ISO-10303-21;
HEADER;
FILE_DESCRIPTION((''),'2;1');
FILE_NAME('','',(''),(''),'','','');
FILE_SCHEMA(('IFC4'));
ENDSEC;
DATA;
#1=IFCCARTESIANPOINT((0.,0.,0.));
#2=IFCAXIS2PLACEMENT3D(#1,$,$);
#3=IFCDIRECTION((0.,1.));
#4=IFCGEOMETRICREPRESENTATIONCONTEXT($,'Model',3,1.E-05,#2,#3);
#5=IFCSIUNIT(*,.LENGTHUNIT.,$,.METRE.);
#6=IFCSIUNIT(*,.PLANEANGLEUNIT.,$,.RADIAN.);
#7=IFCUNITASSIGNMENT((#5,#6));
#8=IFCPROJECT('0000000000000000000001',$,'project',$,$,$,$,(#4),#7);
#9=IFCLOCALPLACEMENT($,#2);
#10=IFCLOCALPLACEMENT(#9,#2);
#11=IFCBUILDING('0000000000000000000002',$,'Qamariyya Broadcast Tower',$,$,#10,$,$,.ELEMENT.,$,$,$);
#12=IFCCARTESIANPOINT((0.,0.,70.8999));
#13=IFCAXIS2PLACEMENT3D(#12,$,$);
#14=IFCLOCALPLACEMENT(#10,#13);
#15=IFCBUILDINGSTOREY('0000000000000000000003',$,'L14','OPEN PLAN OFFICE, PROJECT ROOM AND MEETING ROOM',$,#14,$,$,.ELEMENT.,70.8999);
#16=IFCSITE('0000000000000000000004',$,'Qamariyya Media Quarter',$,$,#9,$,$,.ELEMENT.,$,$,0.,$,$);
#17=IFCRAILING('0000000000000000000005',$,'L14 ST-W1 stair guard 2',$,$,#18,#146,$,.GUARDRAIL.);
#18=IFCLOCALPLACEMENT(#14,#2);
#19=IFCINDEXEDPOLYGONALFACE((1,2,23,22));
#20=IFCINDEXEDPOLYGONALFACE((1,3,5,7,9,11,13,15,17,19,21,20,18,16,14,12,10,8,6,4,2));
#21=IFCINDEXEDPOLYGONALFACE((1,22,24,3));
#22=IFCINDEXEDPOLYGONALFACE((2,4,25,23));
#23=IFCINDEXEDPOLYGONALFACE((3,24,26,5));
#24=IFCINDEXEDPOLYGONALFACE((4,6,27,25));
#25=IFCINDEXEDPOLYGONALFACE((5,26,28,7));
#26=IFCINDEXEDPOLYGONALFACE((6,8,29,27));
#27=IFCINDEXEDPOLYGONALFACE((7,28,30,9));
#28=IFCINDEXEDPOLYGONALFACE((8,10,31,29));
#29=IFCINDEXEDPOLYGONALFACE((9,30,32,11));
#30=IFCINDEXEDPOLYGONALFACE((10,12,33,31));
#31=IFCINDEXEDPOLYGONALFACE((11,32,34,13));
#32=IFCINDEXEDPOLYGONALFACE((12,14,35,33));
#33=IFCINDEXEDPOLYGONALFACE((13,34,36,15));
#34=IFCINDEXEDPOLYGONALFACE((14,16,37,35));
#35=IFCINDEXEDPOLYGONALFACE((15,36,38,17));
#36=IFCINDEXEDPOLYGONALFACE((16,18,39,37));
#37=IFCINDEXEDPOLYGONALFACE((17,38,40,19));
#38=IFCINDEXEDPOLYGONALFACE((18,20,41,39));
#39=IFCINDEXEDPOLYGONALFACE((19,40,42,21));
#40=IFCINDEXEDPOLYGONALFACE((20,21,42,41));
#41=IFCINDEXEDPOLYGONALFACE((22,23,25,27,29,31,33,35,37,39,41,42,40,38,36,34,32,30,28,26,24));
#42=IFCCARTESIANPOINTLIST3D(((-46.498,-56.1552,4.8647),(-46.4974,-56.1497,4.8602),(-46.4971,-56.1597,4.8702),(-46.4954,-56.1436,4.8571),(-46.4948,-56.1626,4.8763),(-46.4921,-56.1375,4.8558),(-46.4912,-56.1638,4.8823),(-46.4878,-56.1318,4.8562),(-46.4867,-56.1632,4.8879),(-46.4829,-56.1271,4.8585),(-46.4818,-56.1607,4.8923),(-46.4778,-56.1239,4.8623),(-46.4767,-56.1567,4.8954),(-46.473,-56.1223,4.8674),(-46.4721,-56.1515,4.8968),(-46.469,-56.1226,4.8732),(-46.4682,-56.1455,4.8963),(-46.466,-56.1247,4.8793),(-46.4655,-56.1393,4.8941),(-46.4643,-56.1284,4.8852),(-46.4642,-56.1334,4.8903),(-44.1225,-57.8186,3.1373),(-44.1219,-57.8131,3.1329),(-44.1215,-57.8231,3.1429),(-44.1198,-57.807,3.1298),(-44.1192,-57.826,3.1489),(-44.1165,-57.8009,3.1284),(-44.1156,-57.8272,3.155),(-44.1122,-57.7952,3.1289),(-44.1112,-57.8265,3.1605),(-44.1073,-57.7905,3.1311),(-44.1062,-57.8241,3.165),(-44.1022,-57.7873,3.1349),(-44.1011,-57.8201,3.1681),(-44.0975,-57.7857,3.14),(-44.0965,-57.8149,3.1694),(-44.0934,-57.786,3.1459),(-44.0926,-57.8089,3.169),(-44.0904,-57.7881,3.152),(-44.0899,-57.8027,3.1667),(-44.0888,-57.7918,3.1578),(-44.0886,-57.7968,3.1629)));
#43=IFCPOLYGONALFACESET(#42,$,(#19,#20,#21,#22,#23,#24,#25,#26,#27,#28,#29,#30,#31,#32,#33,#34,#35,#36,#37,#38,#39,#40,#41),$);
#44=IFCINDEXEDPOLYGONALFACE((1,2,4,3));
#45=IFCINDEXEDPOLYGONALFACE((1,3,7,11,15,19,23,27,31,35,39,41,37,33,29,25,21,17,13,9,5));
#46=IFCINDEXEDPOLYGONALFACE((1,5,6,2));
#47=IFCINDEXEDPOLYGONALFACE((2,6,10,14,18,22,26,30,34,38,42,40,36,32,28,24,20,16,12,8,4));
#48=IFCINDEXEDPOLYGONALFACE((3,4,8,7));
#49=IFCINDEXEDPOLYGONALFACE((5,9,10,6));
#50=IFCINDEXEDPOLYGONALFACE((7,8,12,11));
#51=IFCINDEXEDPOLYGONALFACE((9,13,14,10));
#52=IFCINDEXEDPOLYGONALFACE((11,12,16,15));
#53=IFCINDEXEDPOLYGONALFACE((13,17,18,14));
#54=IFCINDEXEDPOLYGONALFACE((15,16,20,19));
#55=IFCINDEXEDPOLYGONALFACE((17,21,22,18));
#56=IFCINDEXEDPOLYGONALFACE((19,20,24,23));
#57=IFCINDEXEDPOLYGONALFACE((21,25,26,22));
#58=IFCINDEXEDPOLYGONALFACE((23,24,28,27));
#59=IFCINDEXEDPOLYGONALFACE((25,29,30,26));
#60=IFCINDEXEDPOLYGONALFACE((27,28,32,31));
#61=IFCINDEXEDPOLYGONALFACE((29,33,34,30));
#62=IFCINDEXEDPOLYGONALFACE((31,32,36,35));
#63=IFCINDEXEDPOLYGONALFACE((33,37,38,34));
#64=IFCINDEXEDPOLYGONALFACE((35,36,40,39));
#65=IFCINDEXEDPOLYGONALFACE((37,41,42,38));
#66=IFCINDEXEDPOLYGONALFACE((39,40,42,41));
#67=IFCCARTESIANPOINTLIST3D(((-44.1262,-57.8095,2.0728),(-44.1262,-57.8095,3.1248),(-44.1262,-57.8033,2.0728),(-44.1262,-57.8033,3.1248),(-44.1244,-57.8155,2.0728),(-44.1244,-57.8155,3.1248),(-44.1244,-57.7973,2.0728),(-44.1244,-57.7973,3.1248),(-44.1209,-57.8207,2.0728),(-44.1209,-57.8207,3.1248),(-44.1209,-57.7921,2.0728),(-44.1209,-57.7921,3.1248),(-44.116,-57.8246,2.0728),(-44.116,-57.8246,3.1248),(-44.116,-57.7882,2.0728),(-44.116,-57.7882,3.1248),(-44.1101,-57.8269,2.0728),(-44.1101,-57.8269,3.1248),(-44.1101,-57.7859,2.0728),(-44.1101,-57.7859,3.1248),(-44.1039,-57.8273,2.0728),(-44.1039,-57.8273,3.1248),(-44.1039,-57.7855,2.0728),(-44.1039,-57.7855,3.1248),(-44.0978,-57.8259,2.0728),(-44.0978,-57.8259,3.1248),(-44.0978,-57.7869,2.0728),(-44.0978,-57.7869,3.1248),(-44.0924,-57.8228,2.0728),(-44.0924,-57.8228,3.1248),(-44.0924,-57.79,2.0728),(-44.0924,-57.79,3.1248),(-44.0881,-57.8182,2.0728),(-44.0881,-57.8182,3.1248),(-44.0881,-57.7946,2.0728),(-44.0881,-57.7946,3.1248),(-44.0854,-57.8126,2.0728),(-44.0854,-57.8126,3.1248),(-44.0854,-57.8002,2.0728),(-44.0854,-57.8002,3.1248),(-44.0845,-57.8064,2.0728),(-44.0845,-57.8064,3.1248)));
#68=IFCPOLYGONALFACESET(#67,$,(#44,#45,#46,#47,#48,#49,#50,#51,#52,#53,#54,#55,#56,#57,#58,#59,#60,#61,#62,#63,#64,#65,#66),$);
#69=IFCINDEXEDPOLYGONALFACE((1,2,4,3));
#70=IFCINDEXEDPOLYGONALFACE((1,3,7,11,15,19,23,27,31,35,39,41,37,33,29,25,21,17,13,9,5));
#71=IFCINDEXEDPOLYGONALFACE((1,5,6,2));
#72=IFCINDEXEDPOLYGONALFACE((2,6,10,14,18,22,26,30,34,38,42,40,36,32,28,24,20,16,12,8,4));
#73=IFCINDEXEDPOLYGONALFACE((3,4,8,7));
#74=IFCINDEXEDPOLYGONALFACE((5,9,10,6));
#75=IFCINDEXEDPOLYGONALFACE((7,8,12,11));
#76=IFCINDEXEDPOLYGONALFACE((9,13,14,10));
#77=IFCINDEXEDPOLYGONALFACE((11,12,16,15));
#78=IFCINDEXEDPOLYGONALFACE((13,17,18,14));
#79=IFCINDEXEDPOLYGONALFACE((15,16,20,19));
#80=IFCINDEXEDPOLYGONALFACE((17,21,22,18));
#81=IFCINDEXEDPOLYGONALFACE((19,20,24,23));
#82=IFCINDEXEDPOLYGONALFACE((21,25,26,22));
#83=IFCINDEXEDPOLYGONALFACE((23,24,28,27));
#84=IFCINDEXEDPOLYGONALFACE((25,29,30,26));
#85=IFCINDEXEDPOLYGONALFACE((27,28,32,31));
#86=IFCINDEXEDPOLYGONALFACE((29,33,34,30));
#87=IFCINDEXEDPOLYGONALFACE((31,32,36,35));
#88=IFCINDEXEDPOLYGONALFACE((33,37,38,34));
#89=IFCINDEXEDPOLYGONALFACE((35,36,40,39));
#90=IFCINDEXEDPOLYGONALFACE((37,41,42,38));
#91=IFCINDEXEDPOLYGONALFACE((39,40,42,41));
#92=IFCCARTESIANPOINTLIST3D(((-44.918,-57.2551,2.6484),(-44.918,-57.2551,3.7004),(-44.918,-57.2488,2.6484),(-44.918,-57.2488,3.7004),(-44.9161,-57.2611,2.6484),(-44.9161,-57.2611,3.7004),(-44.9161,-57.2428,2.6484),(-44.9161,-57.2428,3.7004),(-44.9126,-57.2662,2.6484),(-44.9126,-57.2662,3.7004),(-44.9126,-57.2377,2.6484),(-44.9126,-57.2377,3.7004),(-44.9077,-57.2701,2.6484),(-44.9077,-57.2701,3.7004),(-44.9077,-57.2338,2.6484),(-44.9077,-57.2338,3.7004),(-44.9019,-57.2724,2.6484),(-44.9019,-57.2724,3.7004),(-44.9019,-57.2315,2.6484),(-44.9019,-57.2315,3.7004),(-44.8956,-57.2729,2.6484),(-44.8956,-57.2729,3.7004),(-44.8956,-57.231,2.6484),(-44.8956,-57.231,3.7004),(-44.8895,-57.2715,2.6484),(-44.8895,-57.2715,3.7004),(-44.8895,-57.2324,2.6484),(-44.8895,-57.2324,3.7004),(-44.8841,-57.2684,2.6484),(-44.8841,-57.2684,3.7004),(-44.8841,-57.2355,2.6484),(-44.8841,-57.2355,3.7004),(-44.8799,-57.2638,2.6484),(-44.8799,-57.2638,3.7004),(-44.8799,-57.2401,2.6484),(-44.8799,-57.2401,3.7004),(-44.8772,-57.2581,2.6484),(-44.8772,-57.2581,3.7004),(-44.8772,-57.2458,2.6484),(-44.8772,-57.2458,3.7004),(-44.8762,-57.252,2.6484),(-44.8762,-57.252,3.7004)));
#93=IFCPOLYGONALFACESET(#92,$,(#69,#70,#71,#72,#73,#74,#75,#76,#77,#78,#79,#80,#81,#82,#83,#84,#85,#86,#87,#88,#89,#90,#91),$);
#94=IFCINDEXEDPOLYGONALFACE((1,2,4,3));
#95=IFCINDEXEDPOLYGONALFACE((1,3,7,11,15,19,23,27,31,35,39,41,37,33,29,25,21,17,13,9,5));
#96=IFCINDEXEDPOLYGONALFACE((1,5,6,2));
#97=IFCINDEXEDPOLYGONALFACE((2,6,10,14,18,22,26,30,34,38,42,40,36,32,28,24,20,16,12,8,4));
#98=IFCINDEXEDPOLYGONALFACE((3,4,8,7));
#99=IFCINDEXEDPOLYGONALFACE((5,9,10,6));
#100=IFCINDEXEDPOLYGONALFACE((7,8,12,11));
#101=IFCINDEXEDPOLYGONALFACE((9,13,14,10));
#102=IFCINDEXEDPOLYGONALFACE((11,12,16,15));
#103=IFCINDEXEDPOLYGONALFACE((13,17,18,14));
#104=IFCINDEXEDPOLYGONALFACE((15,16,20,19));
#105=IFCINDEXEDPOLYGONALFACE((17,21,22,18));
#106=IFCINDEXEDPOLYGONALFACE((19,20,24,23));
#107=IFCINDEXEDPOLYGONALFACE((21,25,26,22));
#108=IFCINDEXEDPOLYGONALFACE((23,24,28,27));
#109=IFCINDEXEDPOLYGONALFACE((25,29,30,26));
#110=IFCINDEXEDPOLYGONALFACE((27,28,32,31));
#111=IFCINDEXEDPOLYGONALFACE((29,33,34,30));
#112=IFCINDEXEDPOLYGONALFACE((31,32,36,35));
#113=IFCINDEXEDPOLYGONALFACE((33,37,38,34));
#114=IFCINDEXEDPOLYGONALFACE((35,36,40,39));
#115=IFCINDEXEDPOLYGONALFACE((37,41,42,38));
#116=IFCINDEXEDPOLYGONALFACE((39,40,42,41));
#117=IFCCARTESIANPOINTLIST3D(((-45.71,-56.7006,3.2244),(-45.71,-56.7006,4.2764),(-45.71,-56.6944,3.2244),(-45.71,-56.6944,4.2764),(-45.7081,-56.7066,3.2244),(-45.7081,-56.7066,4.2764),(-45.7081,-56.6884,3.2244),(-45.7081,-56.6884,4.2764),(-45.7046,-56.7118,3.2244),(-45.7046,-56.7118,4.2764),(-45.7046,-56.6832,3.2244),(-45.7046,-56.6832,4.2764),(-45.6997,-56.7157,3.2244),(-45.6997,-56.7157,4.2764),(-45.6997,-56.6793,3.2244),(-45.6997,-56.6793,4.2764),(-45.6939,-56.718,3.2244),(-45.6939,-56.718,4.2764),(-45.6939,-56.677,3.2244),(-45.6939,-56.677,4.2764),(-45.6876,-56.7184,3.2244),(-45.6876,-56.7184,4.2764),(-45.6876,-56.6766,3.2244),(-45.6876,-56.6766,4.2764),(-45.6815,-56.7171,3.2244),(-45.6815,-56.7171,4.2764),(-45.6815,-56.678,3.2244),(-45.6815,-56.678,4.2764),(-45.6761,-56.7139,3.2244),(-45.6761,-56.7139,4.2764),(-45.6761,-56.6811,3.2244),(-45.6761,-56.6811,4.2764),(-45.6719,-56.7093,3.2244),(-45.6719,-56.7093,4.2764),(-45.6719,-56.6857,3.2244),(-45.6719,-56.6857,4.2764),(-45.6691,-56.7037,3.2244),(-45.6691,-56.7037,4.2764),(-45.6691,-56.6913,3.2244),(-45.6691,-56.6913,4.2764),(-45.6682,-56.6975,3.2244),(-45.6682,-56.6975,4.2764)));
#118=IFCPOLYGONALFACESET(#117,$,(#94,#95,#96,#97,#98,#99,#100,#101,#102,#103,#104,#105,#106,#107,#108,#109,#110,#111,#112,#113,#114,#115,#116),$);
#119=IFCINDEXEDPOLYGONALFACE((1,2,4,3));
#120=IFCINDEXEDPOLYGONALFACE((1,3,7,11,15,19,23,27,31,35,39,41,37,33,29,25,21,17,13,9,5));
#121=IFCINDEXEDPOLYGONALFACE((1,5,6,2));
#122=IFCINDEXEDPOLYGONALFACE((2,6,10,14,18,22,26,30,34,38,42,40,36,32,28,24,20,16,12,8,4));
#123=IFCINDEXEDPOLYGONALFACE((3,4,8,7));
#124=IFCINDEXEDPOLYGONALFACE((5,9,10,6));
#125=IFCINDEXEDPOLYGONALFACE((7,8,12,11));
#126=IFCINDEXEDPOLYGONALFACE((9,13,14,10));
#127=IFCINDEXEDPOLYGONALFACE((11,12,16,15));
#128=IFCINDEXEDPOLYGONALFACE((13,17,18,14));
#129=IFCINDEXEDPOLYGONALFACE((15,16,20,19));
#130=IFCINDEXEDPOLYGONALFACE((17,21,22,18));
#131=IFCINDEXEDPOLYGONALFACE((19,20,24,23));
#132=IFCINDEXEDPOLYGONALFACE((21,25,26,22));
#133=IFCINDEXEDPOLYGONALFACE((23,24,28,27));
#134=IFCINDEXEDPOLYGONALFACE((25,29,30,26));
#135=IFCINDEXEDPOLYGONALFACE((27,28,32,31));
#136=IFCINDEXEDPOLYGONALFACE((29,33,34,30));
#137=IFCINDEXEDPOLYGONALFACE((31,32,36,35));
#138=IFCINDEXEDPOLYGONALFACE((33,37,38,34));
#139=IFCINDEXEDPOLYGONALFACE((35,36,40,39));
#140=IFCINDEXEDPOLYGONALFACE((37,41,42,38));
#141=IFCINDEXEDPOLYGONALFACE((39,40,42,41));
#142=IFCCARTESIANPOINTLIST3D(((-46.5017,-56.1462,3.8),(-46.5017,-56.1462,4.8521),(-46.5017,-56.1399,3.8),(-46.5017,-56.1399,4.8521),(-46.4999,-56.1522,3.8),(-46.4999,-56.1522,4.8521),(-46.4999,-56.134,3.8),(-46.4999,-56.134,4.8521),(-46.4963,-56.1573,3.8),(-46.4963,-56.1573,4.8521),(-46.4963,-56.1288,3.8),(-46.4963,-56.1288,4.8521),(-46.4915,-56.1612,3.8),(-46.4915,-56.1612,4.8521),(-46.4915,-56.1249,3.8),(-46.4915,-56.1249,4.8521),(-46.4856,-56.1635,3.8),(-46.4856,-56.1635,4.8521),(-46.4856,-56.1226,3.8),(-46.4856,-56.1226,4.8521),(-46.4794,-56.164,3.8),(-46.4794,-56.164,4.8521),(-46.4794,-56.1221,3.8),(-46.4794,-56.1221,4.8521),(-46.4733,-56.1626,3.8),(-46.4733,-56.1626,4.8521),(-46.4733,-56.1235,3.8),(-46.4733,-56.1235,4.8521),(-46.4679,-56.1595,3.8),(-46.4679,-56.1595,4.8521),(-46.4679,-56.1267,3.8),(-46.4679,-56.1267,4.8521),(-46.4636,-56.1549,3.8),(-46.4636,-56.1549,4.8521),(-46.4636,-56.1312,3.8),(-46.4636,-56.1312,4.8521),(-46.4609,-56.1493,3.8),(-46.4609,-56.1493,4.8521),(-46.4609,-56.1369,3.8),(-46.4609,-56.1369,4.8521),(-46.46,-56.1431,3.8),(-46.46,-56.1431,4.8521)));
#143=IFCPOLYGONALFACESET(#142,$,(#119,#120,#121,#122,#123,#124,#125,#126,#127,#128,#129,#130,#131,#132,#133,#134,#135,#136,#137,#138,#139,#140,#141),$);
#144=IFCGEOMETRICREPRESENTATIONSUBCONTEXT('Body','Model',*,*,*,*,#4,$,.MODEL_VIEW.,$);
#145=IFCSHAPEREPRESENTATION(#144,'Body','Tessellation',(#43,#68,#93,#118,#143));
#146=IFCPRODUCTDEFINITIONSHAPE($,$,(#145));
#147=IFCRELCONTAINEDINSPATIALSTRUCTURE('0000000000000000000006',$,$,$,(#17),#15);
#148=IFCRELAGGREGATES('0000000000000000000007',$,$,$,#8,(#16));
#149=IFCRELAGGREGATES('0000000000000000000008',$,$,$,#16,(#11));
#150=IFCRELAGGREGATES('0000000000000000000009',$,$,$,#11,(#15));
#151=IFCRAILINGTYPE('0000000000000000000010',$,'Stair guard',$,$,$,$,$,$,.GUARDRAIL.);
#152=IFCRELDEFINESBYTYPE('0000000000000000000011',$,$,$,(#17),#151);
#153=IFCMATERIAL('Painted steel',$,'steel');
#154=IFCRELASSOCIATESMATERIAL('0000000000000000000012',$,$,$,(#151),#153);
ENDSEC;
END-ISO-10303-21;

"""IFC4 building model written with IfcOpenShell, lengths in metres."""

from ifc_helpers import new_model, si_unit, direction, frame, origin, origin_2d, place, context, subcontext, project, spatial, circle, extrude, material, type_object, element, save


model = new_model("IFC4")

# Units and contexts
model_context = context("Model", 3, precision=1e-05, world=origin(), true_north=direction((0.0, 1.0)))
body_context = subcontext(model_context, "Body", "Model", "MODEL_VIEW")
ifc_project = project(units=[si_unit("LENGTHUNIT", "METRE"), si_unit("PLANEANGLEUNIT", "RADIAN")], contexts=[model_context])

# Site, building, storey
site_placement = place(None, origin())
site = spatial("IfcSite", under=ifc_project, at=site_placement, Name="Qamariyya Media Quarter", CompositionType="ELEMENT", RefElevation=0.0)
building_placement = place(site_placement, origin())
building = spatial("IfcBuilding", under=site, at=building_placement, Name="Qamariyya Broadcast Tower", CompositionType="ELEMENT")
storey_placement = place(building_placement, frame((0.0, 0.0, 70.8999)))
storey = spatial("IfcBuildingStorey", under=building, at=storey_placement, Name="L14", Description="OPEN PLAN OFFICE, PROJECT ROOM AND MEETING ROOM", CompositionType="ELEMENT", Elevation=70.8999)

# Railing
ifc_material_1 = material(Name="Painted steel", Category="steel")
railing_type_1 = type_object("IfcRailingType", Name="Stair guard", PredefinedType="GUARDRAIL", material=ifc_material_1)
railing_1_placement = place(storey_placement, frame((-44.1055, -57.8064, 2.0728)))
element("IfcRailing", 1, at=railing_1_placement, inside=storey, type_object=railing_type_1, Name="L14 ST-W1 stair guard 2", PredefinedType="GUARDRAIL", context=body_context, shape_type="SweptSolid", body=[
    extrude(circle(Radius=0.0239, at=origin_2d()), frame((0.0, 0.0, 1.0762), z_axis=(-0.70377, 0.492784, 0.511734), x_axis=(-0.573575, -0.819153, 0.0)), (0.0, 0.0, 1.0), 3.3755),
    extrude(circle(Radius=0.021, at=origin_2d()), origin(), (0.0, 0.0, 1.0), 1.052),
    extrude(circle(Radius=0.021, at=origin_2d()), frame((-0.7917, 0.5544, 0.5757)), (0.0, 0.0, 1.0), 1.052),
    extrude(circle(Radius=0.021, at=origin_2d()), frame((-1.5837, 1.1089, 1.1516)), (0.0, 0.0, 1.0), 1.052),
    extrude(circle(Radius=0.021, at=origin_2d()), frame((-2.3755, 1.6633, 1.7273)), (0.0, 0.0, 1.0), 1.052),
])

save(model, "model.ifc")
